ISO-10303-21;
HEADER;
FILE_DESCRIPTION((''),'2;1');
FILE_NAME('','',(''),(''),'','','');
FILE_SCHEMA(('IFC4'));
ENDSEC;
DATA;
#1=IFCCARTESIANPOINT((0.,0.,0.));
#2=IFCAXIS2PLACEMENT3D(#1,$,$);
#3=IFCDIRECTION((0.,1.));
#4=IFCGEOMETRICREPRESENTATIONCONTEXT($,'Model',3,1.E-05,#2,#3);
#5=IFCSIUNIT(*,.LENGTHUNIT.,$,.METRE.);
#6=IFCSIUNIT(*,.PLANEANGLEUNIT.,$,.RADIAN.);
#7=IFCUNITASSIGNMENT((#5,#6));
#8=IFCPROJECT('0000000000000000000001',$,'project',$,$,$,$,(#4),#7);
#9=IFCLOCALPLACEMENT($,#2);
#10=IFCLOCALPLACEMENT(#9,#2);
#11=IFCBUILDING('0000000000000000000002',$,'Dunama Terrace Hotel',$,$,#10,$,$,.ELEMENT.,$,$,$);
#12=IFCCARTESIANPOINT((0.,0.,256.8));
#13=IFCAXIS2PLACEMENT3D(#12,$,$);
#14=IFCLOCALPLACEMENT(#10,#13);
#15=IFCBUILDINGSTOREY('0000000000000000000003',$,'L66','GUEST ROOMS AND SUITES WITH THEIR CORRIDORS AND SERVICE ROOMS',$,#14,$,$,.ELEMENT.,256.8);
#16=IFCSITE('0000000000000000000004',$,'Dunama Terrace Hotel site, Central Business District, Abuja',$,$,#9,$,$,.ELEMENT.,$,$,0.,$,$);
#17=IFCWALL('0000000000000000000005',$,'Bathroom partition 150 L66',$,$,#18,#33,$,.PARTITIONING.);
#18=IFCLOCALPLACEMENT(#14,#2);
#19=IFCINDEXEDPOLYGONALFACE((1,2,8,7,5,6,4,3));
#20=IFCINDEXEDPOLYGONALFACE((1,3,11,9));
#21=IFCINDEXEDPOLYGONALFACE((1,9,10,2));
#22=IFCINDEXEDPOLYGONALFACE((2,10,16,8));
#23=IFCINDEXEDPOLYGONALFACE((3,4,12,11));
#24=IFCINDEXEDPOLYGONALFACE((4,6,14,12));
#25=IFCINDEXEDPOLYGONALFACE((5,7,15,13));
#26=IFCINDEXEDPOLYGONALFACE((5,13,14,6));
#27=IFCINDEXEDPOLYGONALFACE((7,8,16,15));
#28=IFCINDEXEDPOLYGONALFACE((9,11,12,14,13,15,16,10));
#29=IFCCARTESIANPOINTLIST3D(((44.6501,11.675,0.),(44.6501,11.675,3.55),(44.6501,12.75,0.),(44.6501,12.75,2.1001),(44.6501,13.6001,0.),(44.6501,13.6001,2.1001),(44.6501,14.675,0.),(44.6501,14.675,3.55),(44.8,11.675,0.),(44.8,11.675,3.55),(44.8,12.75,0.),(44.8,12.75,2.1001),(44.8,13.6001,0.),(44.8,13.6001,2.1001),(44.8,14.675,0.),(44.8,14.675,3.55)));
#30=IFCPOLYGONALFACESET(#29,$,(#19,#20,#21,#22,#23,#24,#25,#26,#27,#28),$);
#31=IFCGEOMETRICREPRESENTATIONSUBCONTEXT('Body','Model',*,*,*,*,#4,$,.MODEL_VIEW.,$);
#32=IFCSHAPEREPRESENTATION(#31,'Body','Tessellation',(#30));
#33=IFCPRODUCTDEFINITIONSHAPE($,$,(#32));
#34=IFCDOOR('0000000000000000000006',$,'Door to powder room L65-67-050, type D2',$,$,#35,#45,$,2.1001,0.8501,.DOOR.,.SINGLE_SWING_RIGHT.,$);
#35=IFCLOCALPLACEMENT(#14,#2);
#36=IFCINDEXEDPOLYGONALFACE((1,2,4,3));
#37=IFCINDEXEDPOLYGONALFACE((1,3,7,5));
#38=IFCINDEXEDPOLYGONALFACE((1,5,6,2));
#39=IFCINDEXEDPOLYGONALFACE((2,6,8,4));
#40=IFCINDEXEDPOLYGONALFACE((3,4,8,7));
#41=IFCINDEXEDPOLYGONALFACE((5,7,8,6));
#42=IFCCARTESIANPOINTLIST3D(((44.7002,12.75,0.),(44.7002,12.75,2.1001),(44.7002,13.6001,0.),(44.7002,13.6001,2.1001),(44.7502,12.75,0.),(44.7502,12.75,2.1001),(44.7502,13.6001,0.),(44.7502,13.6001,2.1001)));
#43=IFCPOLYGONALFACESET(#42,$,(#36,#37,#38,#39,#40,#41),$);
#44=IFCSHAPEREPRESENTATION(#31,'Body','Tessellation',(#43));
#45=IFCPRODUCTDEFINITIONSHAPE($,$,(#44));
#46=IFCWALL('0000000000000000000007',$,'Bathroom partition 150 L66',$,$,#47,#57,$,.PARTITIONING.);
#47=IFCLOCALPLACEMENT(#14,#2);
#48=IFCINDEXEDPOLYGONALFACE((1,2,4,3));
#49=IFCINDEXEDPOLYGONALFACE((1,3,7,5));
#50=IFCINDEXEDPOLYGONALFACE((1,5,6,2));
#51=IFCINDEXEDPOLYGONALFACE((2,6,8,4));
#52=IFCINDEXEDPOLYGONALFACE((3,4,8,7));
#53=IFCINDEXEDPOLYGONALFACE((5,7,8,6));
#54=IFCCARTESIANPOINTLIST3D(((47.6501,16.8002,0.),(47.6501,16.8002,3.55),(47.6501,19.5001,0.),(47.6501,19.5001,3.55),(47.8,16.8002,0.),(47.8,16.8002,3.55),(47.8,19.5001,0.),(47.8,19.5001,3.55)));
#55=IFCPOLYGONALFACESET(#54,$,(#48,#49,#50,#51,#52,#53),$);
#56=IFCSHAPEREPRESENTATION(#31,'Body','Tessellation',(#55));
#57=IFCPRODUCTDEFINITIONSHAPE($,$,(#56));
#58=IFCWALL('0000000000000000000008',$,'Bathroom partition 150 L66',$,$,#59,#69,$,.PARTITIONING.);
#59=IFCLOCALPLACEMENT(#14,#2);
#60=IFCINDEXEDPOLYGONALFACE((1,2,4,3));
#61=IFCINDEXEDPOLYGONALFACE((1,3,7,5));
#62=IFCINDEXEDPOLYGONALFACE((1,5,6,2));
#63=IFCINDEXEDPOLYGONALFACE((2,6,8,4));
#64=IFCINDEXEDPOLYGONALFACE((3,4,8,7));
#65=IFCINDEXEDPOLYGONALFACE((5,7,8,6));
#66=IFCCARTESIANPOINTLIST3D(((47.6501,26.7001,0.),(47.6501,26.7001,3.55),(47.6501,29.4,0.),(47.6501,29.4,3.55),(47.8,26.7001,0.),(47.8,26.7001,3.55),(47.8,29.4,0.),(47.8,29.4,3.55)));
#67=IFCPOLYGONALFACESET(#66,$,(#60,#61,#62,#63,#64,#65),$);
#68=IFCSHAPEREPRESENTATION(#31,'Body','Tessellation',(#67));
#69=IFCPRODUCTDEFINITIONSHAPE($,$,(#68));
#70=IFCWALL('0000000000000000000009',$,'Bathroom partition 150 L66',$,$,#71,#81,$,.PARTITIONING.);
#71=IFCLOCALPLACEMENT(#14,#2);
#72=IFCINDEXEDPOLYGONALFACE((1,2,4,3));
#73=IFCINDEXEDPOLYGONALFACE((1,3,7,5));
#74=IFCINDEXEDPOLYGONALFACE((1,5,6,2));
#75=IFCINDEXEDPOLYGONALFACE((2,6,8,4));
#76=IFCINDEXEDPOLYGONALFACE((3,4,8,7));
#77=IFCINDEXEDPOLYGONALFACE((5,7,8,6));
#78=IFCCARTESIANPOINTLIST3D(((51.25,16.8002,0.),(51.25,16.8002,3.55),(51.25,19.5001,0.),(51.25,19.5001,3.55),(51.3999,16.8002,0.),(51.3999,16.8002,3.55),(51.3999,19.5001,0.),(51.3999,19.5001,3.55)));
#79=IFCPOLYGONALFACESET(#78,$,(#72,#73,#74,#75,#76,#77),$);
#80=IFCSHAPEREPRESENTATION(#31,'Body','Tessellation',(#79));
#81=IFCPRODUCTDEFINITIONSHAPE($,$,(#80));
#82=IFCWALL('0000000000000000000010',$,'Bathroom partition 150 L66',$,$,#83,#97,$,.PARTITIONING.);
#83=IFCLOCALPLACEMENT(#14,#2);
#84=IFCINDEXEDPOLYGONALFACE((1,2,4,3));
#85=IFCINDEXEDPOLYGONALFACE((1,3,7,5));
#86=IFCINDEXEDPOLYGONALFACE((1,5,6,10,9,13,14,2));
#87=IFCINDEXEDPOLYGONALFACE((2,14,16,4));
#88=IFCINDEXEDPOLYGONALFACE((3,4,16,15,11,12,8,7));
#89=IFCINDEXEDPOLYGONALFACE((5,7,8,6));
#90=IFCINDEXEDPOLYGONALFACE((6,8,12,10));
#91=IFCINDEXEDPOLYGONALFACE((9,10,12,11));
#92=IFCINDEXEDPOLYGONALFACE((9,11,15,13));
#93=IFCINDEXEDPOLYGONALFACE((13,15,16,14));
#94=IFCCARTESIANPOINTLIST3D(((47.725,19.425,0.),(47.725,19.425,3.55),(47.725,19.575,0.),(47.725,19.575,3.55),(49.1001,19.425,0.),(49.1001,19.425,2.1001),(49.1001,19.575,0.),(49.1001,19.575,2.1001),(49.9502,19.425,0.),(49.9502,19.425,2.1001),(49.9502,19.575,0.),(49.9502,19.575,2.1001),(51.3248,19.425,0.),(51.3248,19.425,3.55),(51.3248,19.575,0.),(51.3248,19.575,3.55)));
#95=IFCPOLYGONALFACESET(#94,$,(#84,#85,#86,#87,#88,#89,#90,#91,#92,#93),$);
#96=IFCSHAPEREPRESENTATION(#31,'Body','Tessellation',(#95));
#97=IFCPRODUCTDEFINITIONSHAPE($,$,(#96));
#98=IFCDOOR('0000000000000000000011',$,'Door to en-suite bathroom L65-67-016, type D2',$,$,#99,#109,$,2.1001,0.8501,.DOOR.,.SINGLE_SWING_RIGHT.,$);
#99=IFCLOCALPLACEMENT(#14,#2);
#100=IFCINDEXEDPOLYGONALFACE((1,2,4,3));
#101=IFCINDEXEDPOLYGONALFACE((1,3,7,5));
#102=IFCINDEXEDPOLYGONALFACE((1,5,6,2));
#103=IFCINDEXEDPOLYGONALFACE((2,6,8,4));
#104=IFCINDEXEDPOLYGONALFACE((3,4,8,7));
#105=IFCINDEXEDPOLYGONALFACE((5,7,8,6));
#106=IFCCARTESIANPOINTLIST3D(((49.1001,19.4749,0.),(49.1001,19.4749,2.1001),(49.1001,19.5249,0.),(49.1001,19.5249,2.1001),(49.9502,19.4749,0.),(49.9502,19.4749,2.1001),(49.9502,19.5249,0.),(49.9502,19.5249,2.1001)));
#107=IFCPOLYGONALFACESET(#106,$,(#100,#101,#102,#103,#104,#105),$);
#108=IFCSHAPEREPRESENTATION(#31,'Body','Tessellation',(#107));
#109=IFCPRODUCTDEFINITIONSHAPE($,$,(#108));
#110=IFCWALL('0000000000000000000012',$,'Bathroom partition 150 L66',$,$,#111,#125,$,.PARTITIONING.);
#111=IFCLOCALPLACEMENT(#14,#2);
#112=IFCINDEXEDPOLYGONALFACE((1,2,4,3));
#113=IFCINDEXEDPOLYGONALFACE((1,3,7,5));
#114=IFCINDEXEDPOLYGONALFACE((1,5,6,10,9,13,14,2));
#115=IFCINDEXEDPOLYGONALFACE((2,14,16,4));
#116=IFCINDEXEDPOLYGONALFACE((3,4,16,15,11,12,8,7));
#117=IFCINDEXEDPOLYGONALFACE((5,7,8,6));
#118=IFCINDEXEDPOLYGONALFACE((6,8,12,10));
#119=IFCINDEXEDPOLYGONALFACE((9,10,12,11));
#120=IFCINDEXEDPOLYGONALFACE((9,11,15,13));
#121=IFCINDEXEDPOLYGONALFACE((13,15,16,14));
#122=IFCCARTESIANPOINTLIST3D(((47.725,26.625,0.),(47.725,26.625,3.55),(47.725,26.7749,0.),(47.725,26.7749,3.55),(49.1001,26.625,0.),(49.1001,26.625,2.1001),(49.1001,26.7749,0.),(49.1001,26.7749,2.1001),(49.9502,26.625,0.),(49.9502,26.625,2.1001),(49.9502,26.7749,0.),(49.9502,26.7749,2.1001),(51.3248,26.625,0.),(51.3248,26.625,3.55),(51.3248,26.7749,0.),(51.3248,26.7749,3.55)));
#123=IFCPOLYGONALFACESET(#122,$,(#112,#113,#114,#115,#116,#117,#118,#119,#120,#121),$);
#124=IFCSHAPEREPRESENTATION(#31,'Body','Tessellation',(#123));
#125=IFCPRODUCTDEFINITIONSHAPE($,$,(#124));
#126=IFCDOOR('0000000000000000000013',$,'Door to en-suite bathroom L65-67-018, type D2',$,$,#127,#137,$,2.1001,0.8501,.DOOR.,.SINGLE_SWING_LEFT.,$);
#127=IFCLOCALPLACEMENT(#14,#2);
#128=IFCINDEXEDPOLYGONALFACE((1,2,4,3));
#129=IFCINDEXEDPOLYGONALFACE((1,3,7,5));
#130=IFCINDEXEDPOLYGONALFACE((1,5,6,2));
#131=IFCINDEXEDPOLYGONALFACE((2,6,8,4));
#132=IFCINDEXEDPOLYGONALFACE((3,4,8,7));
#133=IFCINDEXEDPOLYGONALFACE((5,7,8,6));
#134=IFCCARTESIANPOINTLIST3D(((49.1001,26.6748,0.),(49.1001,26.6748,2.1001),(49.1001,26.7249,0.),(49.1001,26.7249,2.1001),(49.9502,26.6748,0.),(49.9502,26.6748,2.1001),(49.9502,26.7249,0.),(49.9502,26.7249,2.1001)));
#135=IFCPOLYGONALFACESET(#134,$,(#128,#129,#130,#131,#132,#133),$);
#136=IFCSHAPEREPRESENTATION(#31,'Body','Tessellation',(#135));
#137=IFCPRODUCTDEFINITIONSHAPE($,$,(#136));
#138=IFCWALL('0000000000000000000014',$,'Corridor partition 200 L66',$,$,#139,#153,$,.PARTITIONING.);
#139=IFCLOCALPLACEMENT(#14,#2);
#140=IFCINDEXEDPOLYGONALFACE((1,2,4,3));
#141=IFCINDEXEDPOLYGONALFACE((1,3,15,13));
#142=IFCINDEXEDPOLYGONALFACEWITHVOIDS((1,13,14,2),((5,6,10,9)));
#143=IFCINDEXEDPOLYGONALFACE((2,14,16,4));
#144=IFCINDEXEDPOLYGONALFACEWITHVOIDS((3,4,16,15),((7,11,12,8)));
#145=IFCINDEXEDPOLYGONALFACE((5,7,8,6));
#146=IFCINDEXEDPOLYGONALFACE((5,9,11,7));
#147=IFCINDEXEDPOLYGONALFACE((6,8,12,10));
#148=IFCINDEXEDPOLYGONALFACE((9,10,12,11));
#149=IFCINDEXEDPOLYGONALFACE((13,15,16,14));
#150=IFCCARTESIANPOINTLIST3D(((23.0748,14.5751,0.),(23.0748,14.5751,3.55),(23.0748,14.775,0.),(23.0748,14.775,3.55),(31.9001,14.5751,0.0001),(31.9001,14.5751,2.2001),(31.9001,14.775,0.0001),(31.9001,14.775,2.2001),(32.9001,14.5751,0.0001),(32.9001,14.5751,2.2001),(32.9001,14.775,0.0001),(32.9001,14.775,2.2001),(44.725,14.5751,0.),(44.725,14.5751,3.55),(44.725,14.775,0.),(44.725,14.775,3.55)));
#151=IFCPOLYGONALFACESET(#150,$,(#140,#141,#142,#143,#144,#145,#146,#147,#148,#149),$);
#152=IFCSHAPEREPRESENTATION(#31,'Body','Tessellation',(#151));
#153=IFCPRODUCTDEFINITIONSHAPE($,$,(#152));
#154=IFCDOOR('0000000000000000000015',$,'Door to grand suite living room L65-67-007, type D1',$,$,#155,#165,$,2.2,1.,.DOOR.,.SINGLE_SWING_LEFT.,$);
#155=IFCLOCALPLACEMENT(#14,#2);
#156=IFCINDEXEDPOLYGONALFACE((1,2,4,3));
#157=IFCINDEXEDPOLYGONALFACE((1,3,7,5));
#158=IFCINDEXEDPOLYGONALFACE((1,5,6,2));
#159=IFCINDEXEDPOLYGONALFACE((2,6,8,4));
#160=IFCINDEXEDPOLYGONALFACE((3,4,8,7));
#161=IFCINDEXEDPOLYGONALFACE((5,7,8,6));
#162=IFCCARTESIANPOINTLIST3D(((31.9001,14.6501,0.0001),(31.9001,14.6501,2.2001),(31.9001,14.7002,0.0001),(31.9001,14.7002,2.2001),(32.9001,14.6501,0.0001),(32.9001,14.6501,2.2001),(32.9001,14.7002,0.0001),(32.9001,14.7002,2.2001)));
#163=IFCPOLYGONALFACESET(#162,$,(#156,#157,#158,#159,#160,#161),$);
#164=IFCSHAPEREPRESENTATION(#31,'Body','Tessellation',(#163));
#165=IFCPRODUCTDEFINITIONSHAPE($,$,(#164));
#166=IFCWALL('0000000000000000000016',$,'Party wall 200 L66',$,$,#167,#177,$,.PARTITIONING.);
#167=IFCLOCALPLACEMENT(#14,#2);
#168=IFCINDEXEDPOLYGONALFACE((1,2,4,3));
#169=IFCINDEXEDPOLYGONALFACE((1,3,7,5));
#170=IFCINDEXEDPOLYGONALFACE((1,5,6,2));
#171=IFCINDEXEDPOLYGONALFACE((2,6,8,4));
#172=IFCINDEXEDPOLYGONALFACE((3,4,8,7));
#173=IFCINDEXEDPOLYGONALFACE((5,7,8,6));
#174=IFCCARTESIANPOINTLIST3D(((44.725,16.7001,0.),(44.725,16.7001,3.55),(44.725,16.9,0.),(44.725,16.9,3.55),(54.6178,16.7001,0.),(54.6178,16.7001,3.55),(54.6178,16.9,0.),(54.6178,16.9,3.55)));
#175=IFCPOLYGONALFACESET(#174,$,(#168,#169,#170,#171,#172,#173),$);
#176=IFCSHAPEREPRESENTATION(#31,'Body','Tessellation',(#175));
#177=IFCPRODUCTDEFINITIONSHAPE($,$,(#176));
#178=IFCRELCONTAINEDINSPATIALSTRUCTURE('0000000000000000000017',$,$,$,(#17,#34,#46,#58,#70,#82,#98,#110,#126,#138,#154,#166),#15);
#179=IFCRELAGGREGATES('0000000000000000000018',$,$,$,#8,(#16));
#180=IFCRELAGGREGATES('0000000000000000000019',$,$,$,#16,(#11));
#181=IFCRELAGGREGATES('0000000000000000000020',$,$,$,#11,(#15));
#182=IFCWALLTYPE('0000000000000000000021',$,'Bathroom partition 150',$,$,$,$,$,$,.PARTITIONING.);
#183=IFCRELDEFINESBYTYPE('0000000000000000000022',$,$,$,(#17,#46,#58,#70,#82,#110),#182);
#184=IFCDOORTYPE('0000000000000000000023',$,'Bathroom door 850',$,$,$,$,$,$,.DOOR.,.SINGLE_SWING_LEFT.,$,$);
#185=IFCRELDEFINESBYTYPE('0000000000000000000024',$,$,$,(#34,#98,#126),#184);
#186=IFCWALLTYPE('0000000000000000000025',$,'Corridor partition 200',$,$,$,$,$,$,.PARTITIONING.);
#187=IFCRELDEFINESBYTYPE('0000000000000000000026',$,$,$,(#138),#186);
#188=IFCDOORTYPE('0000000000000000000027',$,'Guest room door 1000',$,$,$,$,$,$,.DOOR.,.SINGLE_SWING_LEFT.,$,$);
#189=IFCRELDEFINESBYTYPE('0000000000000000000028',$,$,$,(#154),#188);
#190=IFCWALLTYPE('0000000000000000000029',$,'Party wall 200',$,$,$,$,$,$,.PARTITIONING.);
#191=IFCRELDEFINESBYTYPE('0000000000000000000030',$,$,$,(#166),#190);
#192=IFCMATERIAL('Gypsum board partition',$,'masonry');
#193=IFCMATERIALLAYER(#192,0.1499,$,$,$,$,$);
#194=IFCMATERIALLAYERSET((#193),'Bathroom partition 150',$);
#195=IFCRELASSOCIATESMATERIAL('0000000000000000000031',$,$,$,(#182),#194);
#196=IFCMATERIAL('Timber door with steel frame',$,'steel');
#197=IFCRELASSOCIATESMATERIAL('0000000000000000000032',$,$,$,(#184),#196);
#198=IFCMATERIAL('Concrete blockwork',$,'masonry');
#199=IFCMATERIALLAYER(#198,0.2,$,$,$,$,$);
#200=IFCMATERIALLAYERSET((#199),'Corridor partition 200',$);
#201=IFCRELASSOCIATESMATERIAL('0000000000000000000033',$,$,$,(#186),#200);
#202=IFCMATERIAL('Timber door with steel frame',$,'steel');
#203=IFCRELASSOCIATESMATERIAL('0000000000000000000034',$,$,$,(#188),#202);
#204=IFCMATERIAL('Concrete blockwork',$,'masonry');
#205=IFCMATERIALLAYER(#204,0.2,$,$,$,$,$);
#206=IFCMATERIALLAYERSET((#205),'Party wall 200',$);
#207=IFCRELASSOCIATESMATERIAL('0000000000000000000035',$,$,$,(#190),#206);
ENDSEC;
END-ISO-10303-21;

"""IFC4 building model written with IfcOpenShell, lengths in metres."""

from ifc_helpers import new_model, si_unit, direction, frame, frame_2d, origin, place, context, subcontext, project, spatial, rectangle, extrude, material, layer, layer_set, type_object, element, fill, save


model = new_model("IFC4")

# Units and contexts
model_context = context("Model", 3, precision=1e-05, world=origin(), true_north=direction((0.0, 1.0)))
body_context = subcontext(model_context, "Body", "Model", "MODEL_VIEW")
ifc_project = project(units=[si_unit("LENGTHUNIT", "METRE"), si_unit("PLANEANGLEUNIT", "RADIAN")], contexts=[model_context])

# Site, building, storey
site_placement = place(None, origin())
site = spatial("IfcSite", under=ifc_project, at=site_placement, Name="Dunama Terrace Hotel site, Central Business District, Abuja", CompositionType="ELEMENT", RefElevation=0.0)
building_placement = place(site_placement, origin())
building = spatial("IfcBuilding", under=site, at=building_placement, Name="Dunama Terrace Hotel", CompositionType="ELEMENT")
storey_placement = place(building_placement, frame((0.0, 0.0, 256.8)))
storey = spatial("IfcBuildingStorey", under=building, at=storey_placement, Name="L66", Description="GUEST ROOMS AND SUITES WITH THEIR CORRIDORS AND SERVICE ROOMS", CompositionType="ELEMENT", Elevation=256.8)

# Wall, opening, door
ifc_material_1 = material(Name="Gypsum board partition", Category="masonry")
ifc_layer_1 = layer(ifc_material_1, 0.1499)
ifc_layer_set_1 = layer_set([ifc_layer_1], Name="Bathroom partition 150")
wall_type_1 = type_object("IfcWallType", Name="Bathroom partition 150", PredefinedType="PARTITIONING", material=ifc_layer_set_1)
wall_1_placement = place(storey_placement, frame((44.7251, 11.675, 0.0), z_axis=(0.0, 0.0, 1.0), x_axis=(0.0, 1.0, 0.0)))
wall_1 = element("IfcWall", 1, at=wall_1_placement, inside=storey, type_object=wall_type_1, Name="Bathroom partition 150 L66", PredefinedType="PARTITIONING", context=body_context, shape_type="SweptSolid", body=[
    extrude(rectangle(XDim=3.0, YDim=0.1499, at=frame_2d((1.5, 0.0))), origin(), (0.0, 0.0, 1.0), 3.55),
])
opening_1_placement = place(wall_1_placement, frame((1.075, 0.0, 0.0)))
opening_1 = element("IfcOpeningElement", 2, at=opening_1_placement, cuts=wall_1, PredefinedType="OPENING", context=body_context, shape_type="SweptSolid", body=[
    extrude(rectangle(XDim=0.8501, YDim=2.1001, at=frame_2d((0.425, 1.05))), frame((0.0, 0.085, 0.0), z_axis=(0.0, -1.0, 0.0), x_axis=(1.0, 0.0, 0.0)), (0.0, 0.0, 1.0), 0.1699),
])
ifc_material_2 = material(Name="Timber door with steel frame", Category="steel")
door_type_1 = type_object("IfcDoorType", Name="Bathroom door 850", OperationType="SINGLE_SWING_LEFT", PredefinedType="DOOR", material=ifc_material_2)
door_1_placement = place(opening_1_placement, origin())
door_1 = element("IfcDoor", 3, at=door_1_placement, inside=storey, type_object=door_type_1, Name="Door to powder room L65-67-050, type D2", OperationType="SINGLE_SWING_RIGHT", OverallHeight=2.1001, OverallWidth=0.8501, PredefinedType="DOOR", context=body_context, shape_type="SweptSolid", body=[
    extrude(rectangle(XDim=0.8501, YDim=2.1001, at=frame_2d((0.425, 1.05))), frame((0.0, 0.0249, 0.0), z_axis=(0.0, -1.0, 0.0), x_axis=(1.0, 0.0, 0.0)), (0.0, 0.0, 1.0), 0.05),
])
fill(opening_1, door_1)

# Walls
for number, where, z_axis, x_axis, name in (
    (4, (47.7251, 16.8, 0.0), (0.0, 0.0, 1.0), (0.0, 1.0, 0.0), "Bathroom partition 150 L66"),
    (5, (47.7251, 26.7, 0.0), (0.0, 0.0, 1.0), (0.0, 1.0, 0.0), "Bathroom partition 150 L66"),
    (6, (51.325, 16.8, 0.0), (0.0, 0.0, 1.0), (0.0, 1.0, 0.0), "Bathroom partition 150 L66"),
):
    element("IfcWall", number, at=place(storey_placement, frame(where, z_axis=z_axis, x_axis=x_axis)), inside=storey, type_object=wall_type_1, Name=name, PredefinedType="PARTITIONING", context=body_context, shape_type="SweptSolid", body=[
        extrude(rectangle(XDim=2.7, YDim=0.1499, at=frame_2d((1.3501, 0.0))), origin(), (0.0, 0.0, 1.0), 3.55),
    ])

# Walls, openings, doors
wall_2_placement = place(storey_placement, frame((47.7251, 19.5, 0.0), z_axis=(0.0, 0.0, 1.0), x_axis=(1.0, 0.0, 0.0)))
wall_2 = element("IfcWall", 7, at=wall_2_placement, inside=storey, type_object=wall_type_1, Name="Bathroom partition 150 L66", PredefinedType="PARTITIONING", context=body_context, shape_type="SweptSolid", body=[
    extrude(rectangle(XDim=3.5999, YDim=0.1499, at=frame_2d((1.7998, 0.0))), origin(), (0.0, 0.0, 1.0), 3.55),
])
opening_2_placement = place(wall_2_placement, frame((1.375, 0.0, 0.0)))
opening_2 = element("IfcOpeningElement", 8, at=opening_2_placement, cuts=wall_2, PredefinedType="OPENING", context=body_context, shape_type="SweptSolid", body=[
    extrude(rectangle(XDim=0.8501, YDim=2.1001, at=frame_2d((0.425, 1.05))), frame((0.0, 0.085, 0.0), z_axis=(0.0, -1.0, 0.0), x_axis=(1.0, 0.0, 0.0)), (0.0, 0.0, 1.0), 0.1699),
])
door_2_placement = place(opening_2_placement, frame((0.8501, 0.0, 0.0), z_axis=(0.0, 0.0, 1.0), x_axis=(-1.0, 0.0, 0.0)))
door_2 = element("IfcDoor", 9, at=door_2_placement, inside=storey, type_object=door_type_1, Name="Door to en-suite bathroom L65-67-016, type D2", OperationType="SINGLE_SWING_RIGHT", OverallHeight=2.1001, OverallWidth=0.8501, PredefinedType="DOOR", context=body_context, shape_type="SweptSolid", body=[
    extrude(rectangle(XDim=0.8501, YDim=2.1001, at=frame_2d((0.425, 1.05))), frame((0.0, 0.0251, 0.0), z_axis=(0.0, -1.0, 0.0), x_axis=(1.0, 0.0, 0.0)), (0.0, 0.0, 1.0), 0.05),
])
fill(opening_2, door_2)
wall_3_placement = place(storey_placement, frame((47.7251, 26.7, 0.0), z_axis=(0.0, 0.0, 1.0), x_axis=(1.0, 0.0, 0.0)))
wall_3 = element("IfcWall", 10, at=wall_3_placement, inside=storey, type_object=wall_type_1, Name="Bathroom partition 150 L66", PredefinedType="PARTITIONING", context=body_context, shape_type="SweptSolid", body=[
    extrude(rectangle(XDim=3.5999, YDim=0.1499, at=frame_2d((1.7998, 0.0))), origin(), (0.0, 0.0, 1.0), 3.55),
])
opening_3_placement = place(wall_3_placement, frame((1.375, 0.0, 0.0)))
opening_3 = element("IfcOpeningElement", 11, at=opening_3_placement, cuts=wall_3, PredefinedType="OPENING", context=body_context, shape_type="SweptSolid", body=[
    extrude(rectangle(XDim=0.8501, YDim=2.1001, at=frame_2d((0.425, 1.05))), frame((0.0, 0.085, 0.0), z_axis=(0.0, -1.0, 0.0), x_axis=(1.0, 0.0, 0.0)), (0.0, 0.0, 1.0), 0.1699),
])
door_3_placement = place(opening_3_placement, origin())
door_3 = element("IfcDoor", 12, at=door_3_placement, inside=storey, type_object=door_type_1, Name="Door to en-suite bathroom L65-67-018, type D2", OperationType="SINGLE_SWING_LEFT", OverallHeight=2.1001, OverallWidth=0.8501, PredefinedType="DOOR", context=body_context, shape_type="SweptSolid", body=[
    extrude(rectangle(XDim=0.8501, YDim=2.1001, at=frame_2d((0.425, 1.05))), frame((0.0, 0.0249, 0.0), z_axis=(0.0, -1.0, 0.0), x_axis=(1.0, 0.0, 0.0)), (0.0, 0.0, 1.0), 0.05),
])
fill(opening_3, door_3)
ifc_material_3 = material(Name="Concrete blockwork", Category="masonry")
ifc_layer_2 = layer(ifc_material_3, 0.2)
ifc_layer_set_2 = layer_set([ifc_layer_2], Name="Corridor partition 200")
wall_type_2 = type_object("IfcWallType", Name="Corridor partition 200", PredefinedType="PARTITIONING", material=ifc_layer_set_2)
wall_4_placement = place(storey_placement, frame((44.7251, 14.675, 0.0), z_axis=(0.0, 0.0, 1.0), x_axis=(-1.0, 0.0, 0.0)))
wall_4 = element("IfcWall", 13, at=wall_4_placement, inside=storey, type_object=wall_type_2, Name="Corridor partition 200 L66", PredefinedType="PARTITIONING", context=body_context, shape_type="SweptSolid", body=[
    extrude(rectangle(XDim=21.6501, YDim=0.2, at=frame_2d((10.8252, 0.0))), origin(), (0.0, 0.0, 1.0), 3.55),
])
opening_4_placement = place(wall_4_placement, frame((11.825, 0.0, 0.0)))
opening_4 = element("IfcOpeningElement", 14, at=opening_4_placement, cuts=wall_4, PredefinedType="OPENING", context=body_context, shape_type="SweptSolid", body=[
    extrude(rectangle(XDim=1.0, YDim=2.2, at=frame_2d((0.5, 1.1001))), frame((0.0, 0.1099, 0.0), z_axis=(0.0, -1.0, 0.0), x_axis=(1.0, 0.0, 0.0)), (0.0, 0.0, 1.0), 0.22),
])
ifc_material_4 = material(Name="Timber door with steel frame", Category="steel")
door_type_2 = type_object("IfcDoorType", Name="Guest room door 1000", OperationType="SINGLE_SWING_LEFT", PredefinedType="DOOR", material=ifc_material_4)
door_4_placement = place(opening_4_placement, origin())
door_4 = element("IfcDoor", 15, at=door_4_placement, inside=storey, type_object=door_type_2, Name="Door to grand suite living room L65-67-007, type D1", OperationType="SINGLE_SWING_LEFT", OverallHeight=2.2, OverallWidth=1.0, PredefinedType="DOOR", context=body_context, shape_type="SweptSolid", body=[
    extrude(rectangle(XDim=1.0, YDim=2.2, at=frame_2d((0.5, 1.1001))), frame((0.0, 0.0249, 0.0), z_axis=(0.0, -1.0, 0.0), x_axis=(1.0, 0.0, 0.0)), (0.0, 0.0, 1.0), 0.05),
])
fill(opening_4, door_4)

# Wall
ifc_material_5 = material(Name="Concrete blockwork", Category="masonry")
ifc_layer_3 = layer(ifc_material_5, 0.2)
ifc_layer_set_3 = layer_set([ifc_layer_3], Name="Party wall 200")
wall_type_3 = type_object("IfcWallType", Name="Party wall 200", PredefinedType="PARTITIONING", material=ifc_layer_set_3)
wall_5_placement = place(storey_placement, frame((44.7251, 16.8, 0.0), z_axis=(0.0, 0.0, 1.0), x_axis=(1.0, 0.0, 0.0)))
element("IfcWall", 16, at=wall_5_placement, inside=storey, type_object=wall_type_3, Name="Party wall 200 L66", PredefinedType="PARTITIONING", context=body_context, shape_type="SweptSolid", body=[
    extrude(rectangle(XDim=9.8928, YDim=0.2, at=frame_2d((4.9463, 0.0))), origin(), (0.0, 0.0, 1.0), 3.55),
])

save(model, "model.ifc")
